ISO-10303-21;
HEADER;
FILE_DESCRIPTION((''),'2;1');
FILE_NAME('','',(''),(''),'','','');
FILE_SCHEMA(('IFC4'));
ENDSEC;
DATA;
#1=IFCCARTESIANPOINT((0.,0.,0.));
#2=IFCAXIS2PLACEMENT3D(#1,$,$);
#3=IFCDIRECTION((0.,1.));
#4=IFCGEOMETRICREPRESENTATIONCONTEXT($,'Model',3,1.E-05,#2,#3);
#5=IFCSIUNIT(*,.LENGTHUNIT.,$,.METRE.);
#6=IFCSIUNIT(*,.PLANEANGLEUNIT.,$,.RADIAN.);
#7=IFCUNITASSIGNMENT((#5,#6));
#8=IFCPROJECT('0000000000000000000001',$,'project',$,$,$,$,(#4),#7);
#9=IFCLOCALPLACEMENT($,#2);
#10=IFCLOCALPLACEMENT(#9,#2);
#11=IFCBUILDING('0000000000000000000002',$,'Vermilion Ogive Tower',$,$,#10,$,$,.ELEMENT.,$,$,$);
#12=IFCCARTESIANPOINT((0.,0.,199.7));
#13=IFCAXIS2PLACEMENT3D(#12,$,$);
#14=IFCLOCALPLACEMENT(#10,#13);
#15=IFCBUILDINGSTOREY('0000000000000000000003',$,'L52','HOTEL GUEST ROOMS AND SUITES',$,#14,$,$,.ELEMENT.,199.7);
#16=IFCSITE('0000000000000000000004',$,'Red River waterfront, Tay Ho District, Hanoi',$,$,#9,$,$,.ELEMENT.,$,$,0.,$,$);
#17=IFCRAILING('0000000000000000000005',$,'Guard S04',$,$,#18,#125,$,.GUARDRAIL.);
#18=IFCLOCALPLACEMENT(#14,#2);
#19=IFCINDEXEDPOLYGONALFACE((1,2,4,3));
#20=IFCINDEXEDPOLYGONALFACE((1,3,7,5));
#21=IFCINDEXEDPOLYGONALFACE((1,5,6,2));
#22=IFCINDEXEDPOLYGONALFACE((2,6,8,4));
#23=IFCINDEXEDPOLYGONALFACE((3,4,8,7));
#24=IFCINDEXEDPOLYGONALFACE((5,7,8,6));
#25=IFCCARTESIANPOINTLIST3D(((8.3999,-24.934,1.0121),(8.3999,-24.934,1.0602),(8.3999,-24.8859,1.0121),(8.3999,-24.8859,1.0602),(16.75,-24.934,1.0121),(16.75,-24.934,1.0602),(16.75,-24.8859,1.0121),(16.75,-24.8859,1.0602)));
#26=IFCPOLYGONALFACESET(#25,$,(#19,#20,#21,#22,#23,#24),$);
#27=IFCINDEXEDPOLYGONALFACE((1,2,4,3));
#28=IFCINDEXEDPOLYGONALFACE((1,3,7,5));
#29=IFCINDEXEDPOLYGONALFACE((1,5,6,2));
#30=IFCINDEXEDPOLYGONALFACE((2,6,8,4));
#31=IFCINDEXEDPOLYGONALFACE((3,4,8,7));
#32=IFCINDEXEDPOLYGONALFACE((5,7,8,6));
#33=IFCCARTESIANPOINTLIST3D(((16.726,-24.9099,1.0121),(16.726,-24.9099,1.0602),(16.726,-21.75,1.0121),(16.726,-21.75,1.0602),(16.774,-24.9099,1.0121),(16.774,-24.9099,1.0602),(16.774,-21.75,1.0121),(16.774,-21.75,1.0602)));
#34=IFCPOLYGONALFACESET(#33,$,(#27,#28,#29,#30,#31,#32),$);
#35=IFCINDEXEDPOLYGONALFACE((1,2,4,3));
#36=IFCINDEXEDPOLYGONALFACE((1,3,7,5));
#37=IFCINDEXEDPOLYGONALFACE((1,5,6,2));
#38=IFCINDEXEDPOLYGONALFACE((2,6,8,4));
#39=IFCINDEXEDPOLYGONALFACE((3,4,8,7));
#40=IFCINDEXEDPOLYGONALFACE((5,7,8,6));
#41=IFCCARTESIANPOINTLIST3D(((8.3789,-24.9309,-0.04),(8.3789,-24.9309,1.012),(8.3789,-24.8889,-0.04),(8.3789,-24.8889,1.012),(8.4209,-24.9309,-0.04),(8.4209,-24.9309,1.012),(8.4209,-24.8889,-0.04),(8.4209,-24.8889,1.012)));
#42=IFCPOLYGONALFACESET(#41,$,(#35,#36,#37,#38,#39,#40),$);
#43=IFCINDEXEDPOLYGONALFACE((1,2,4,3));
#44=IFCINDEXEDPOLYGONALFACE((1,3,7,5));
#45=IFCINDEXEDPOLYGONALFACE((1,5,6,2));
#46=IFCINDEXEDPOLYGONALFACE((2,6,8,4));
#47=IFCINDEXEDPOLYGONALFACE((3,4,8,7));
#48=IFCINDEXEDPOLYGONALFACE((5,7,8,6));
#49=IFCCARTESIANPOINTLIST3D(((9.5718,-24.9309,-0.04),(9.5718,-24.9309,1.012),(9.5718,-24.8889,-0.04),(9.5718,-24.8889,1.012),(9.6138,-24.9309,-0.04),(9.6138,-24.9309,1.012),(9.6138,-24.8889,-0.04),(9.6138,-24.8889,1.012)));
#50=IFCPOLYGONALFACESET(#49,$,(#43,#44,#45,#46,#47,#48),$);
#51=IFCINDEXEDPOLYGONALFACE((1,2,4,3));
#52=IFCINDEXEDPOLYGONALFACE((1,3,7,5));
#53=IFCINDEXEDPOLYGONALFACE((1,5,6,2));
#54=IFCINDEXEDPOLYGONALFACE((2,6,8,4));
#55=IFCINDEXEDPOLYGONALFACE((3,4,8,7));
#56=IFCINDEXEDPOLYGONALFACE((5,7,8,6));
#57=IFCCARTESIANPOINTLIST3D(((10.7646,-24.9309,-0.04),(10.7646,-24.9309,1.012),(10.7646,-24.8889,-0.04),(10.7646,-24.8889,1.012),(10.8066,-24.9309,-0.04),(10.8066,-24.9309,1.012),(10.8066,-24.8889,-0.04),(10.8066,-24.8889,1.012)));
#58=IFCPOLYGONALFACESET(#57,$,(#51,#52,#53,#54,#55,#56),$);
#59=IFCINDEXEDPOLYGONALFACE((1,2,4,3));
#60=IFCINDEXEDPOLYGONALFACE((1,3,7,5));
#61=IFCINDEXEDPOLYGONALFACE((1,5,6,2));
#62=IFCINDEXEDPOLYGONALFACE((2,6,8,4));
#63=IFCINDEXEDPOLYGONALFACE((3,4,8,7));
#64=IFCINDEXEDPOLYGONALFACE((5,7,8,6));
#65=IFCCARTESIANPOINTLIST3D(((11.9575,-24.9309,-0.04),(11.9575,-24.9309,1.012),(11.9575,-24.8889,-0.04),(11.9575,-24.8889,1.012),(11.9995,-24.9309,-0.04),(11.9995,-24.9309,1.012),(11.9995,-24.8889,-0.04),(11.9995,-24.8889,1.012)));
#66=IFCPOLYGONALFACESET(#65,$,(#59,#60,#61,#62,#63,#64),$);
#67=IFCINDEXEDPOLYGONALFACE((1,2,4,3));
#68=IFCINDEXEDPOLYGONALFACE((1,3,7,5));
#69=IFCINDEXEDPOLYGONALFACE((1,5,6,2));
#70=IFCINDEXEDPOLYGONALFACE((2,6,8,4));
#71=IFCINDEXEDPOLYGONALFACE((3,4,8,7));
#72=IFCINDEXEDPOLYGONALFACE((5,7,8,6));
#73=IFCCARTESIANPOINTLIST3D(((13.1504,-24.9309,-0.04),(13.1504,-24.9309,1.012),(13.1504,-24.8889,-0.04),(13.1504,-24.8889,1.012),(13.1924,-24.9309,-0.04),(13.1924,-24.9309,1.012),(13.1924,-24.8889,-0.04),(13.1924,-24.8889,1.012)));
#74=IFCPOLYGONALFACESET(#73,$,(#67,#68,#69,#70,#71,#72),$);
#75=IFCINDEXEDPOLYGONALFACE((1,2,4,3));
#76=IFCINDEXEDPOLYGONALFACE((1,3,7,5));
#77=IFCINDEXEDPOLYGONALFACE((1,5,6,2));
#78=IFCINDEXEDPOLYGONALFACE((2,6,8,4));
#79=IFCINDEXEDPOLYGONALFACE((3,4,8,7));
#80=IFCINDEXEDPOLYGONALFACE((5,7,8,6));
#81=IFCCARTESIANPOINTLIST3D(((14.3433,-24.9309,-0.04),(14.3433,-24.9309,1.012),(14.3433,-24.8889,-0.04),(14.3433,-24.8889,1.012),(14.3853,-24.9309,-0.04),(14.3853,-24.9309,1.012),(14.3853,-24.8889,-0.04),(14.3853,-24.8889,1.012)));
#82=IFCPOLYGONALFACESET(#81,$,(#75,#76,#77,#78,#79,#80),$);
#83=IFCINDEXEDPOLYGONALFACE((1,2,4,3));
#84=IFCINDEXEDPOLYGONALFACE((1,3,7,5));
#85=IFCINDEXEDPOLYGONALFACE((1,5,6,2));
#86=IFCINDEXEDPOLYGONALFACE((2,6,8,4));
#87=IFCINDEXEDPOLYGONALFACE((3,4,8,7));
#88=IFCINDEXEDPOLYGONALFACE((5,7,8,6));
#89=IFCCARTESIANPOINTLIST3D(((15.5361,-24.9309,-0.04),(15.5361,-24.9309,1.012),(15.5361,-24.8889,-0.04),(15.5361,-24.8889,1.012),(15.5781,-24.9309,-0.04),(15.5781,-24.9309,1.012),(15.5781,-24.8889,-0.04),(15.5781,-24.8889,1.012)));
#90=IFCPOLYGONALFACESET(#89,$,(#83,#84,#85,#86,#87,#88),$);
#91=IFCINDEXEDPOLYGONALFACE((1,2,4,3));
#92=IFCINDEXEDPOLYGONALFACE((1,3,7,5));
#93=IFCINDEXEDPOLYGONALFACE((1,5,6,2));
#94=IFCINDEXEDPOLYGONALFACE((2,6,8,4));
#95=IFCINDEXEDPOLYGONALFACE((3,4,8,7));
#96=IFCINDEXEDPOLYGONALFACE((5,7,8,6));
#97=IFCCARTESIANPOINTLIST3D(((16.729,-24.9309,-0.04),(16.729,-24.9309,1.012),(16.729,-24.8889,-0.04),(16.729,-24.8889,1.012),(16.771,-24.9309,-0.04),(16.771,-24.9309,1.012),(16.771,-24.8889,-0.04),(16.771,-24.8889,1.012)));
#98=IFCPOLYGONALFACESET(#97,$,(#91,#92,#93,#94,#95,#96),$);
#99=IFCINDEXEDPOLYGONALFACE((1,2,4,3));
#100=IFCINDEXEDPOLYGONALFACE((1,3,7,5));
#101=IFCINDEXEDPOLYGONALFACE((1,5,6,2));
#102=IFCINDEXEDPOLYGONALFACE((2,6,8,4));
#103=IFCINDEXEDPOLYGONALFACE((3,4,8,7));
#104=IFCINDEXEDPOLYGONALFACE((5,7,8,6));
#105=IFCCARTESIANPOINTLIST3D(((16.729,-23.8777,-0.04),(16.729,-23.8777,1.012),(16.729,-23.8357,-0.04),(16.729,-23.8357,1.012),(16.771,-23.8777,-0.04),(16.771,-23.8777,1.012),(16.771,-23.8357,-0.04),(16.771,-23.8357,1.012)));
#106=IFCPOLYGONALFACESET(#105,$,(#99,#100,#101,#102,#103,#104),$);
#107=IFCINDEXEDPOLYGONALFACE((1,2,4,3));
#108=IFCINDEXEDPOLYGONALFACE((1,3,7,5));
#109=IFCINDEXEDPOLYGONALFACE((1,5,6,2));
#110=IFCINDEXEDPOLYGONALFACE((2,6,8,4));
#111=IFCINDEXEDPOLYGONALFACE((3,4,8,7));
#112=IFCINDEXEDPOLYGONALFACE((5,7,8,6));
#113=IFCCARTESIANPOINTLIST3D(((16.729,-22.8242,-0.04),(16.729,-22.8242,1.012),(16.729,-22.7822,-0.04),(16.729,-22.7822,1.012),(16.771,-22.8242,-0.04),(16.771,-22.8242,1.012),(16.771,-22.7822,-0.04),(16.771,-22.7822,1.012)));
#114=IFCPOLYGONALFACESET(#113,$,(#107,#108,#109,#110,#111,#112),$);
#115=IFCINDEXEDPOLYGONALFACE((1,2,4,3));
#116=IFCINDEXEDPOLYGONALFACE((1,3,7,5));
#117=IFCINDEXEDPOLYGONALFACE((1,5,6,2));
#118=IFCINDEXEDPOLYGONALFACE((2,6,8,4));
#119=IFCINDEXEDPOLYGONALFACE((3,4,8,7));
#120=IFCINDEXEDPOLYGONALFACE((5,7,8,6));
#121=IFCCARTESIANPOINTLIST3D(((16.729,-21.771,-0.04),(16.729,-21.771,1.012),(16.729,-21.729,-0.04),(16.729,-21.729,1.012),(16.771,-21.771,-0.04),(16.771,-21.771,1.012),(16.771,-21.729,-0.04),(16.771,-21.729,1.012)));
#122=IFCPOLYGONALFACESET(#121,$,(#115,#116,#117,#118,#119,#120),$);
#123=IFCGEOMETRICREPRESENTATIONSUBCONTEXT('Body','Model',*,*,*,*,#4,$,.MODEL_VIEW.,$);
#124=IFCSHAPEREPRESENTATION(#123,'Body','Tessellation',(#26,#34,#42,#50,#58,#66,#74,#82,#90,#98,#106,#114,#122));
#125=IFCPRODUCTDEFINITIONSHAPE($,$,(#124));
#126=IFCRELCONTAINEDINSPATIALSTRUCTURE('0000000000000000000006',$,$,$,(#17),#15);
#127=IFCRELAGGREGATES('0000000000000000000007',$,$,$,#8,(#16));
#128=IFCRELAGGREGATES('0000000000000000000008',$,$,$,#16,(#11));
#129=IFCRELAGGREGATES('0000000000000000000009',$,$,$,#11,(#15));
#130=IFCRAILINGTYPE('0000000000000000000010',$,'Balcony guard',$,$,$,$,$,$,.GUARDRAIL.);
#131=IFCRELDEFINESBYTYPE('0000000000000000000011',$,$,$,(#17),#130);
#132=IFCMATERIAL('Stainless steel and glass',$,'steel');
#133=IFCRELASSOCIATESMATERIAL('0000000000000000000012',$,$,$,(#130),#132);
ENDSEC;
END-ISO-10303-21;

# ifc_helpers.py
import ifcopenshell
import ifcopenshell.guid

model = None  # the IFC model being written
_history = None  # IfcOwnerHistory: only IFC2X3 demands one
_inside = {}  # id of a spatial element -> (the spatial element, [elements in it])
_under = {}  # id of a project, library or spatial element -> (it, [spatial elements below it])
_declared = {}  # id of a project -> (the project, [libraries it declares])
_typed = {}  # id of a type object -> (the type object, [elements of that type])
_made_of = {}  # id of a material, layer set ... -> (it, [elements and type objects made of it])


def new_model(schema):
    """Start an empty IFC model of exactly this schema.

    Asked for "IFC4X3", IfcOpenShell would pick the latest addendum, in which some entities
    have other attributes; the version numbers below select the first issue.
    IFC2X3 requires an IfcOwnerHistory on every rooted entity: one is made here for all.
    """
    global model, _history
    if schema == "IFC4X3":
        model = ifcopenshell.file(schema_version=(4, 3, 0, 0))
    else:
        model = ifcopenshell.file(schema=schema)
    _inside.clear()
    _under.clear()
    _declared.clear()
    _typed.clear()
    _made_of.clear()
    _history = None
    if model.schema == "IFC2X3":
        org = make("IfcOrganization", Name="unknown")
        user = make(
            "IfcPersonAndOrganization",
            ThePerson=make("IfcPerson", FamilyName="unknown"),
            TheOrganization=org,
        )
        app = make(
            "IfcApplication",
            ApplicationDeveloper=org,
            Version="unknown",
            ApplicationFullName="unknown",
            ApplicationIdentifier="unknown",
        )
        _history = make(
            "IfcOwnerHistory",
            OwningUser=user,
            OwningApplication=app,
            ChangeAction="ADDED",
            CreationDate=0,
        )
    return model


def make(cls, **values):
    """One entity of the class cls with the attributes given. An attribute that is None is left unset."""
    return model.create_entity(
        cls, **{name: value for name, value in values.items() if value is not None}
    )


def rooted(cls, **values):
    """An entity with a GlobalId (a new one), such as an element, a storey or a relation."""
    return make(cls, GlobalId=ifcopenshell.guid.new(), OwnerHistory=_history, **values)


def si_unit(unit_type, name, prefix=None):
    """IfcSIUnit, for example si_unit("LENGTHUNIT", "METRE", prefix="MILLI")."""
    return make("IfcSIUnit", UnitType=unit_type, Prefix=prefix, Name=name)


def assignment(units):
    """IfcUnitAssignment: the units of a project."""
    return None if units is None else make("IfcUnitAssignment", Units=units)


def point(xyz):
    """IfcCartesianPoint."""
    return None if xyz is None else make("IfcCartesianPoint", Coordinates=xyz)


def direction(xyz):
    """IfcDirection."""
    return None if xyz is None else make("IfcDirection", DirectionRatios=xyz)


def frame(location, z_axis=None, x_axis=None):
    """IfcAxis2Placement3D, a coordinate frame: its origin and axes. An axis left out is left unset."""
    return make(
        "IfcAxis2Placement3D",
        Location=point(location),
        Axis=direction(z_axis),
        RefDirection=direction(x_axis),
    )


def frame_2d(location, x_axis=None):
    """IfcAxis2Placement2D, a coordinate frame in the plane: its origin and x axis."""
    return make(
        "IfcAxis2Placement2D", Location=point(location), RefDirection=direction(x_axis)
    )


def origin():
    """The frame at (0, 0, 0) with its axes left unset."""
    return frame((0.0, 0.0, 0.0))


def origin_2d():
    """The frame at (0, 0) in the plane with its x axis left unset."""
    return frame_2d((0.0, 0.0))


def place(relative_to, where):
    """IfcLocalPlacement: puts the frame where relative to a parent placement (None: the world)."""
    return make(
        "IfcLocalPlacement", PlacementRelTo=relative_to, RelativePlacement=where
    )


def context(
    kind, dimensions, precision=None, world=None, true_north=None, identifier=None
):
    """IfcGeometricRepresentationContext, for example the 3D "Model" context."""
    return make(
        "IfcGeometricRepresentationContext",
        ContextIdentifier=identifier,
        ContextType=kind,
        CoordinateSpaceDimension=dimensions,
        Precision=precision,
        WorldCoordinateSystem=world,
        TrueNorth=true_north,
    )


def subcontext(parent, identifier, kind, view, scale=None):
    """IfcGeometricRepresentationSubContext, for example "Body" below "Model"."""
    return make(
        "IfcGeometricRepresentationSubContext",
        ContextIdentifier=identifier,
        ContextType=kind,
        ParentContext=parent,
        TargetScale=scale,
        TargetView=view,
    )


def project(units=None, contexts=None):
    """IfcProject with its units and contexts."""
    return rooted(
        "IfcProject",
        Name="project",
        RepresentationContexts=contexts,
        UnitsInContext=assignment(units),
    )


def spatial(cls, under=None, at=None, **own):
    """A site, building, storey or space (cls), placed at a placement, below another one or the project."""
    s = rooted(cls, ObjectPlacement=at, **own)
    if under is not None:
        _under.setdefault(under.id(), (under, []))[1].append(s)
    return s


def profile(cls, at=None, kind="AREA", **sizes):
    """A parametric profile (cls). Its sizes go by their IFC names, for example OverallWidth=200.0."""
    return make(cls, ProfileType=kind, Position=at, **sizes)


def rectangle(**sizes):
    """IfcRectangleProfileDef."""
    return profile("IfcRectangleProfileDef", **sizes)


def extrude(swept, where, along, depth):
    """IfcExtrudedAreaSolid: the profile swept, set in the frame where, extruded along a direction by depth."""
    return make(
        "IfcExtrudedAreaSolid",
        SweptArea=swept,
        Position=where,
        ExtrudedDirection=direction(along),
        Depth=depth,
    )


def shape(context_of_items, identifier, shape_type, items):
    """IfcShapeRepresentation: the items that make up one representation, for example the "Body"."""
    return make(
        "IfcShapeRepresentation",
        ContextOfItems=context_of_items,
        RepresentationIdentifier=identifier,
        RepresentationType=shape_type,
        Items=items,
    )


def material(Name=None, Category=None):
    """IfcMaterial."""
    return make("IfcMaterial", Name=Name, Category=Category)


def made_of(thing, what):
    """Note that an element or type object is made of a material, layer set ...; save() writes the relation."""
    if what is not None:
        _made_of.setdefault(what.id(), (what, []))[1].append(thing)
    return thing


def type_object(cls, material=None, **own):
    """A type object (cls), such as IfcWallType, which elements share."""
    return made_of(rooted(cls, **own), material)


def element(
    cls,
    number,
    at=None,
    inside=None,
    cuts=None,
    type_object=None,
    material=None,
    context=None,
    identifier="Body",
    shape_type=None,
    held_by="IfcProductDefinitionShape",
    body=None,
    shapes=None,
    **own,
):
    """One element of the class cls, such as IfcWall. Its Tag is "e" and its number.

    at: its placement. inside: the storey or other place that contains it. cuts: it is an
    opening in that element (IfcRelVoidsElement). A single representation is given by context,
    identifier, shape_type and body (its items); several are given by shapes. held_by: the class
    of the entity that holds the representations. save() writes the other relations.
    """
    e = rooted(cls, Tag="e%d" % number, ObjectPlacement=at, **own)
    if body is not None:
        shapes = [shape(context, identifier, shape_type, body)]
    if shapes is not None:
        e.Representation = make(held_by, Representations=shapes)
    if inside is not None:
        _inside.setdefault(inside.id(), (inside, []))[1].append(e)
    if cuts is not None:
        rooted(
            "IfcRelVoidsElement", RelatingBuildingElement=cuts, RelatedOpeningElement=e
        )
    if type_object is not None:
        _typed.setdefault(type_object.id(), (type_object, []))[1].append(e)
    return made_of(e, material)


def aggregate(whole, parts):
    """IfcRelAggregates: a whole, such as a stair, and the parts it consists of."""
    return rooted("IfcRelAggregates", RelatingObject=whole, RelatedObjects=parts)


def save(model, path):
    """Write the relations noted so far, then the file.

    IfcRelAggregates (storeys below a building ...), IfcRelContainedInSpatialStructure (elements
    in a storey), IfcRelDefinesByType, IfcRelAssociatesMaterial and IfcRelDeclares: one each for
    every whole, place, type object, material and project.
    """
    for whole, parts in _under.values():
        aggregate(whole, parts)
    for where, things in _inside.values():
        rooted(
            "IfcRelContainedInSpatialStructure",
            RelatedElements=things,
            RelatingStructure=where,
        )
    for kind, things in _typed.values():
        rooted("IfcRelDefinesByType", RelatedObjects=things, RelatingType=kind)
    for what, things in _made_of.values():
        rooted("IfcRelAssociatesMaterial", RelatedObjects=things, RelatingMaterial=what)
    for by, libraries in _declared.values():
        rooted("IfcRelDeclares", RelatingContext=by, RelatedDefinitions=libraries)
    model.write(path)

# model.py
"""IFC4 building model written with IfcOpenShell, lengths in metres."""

from ifc_helpers import new_model, si_unit, direction, frame, origin, origin_2d, place, context, subcontext, project, spatial, rectangle, extrude, material, type_object, element, save


model = new_model("IFC4")

# Units and contexts
model_context = context("Model", 3, precision=1e-05, world=origin(), true_north=direction((0.0, 1.0)))
body_context = subcontext(model_context, "Body", "Model", "MODEL_VIEW")
ifc_project = project(units=[si_unit("LENGTHUNIT", "METRE"), si_unit("PLANEANGLEUNIT", "RADIAN")], contexts=[model_context])

# Site, building, storey
site_placement = place(None, origin())
site = spatial("IfcSite", under=ifc_project, at=site_placement, Name="Red River waterfront, Tay Ho District, Hanoi", CompositionType="ELEMENT", RefElevation=0.0)
building_placement = place(site_placement, origin())
building = spatial("IfcBuilding", under=site, at=building_placement, Name="Vermilion Ogive Tower", CompositionType="ELEMENT")
storey_placement = place(building_placement, frame((0.0, 0.0, 199.7)))
storey = spatial("IfcBuildingStorey", under=building, at=storey_placement, Name="L52", Description="HOTEL GUEST ROOMS AND SUITES", CompositionType="ELEMENT", Elevation=199.7)

# Railing
ifc_material_1 = material(Name="Stainless steel and glass", Category="steel")
railing_type_1 = type_object("IfcRailingType", Name="Balcony guard", PredefinedType="GUARDRAIL", material=ifc_material_1)
railing_1_placement = place(storey_placement, frame((8.3999, -24.9099, -0.04)))
element("IfcRailing", 1, at=railing_1_placement, inside=storey, type_object=railing_type_1, Name="Guard S04", PredefinedType="GUARDRAIL", context=body_context, shape_type="SweptSolid", body=[
    extrude(rectangle(XDim=0.0481, YDim=0.0481, at=origin_2d()), frame((0.0, 0.0, 1.0762), z_axis=(1.0, 0.0, 0.0), x_axis=(0.0, 1.0, 0.0)), (0.0, 0.0, 1.0), 8.3501),
    extrude(rectangle(XDim=0.0481, YDim=0.0481, at=origin_2d()), frame((8.3501, 0.0, 1.0762), z_axis=(0.0, 1.0, 0.0), x_axis=(-1.0, 0.0, 0.0)), (0.0, 0.0, 1.0), 3.1599),
    extrude(rectangle(XDim=0.042, YDim=0.042, at=origin_2d()), origin(), (0.0, 0.0, 1.0), 1.052),
    extrude(rectangle(XDim=0.042, YDim=0.042, at=origin_2d()), frame((1.1929, 0.0, 0.0)), (0.0, 0.0, 1.0), 1.052),
    extrude(rectangle(XDim=0.042, YDim=0.042, at=origin_2d()), frame((2.3857, 0.0, 0.0)), (0.0, 0.0, 1.0), 1.052),
    extrude(rectangle(XDim=0.042, YDim=0.042, at=origin_2d()), frame((3.5786, 0.0, 0.0)), (0.0, 0.0, 1.0), 1.052),
    extrude(rectangle(XDim=0.042, YDim=0.042, at=origin_2d()), frame((4.7715, 0.0, 0.0)), (0.0, 0.0, 1.0), 1.052),
    extrude(rectangle(XDim=0.042, YDim=0.042, at=origin_2d()), frame((5.9644, 0.0, 0.0)), (0.0, 0.0, 1.0), 1.052),
    extrude(rectangle(XDim=0.042, YDim=0.042, at=origin_2d()), frame((7.1572, 0.0, 0.0)), (0.0, 0.0, 1.0), 1.052),
    extrude(rectangle(XDim=0.042, YDim=0.042, at=origin_2d()), frame((8.3501, 0.0, 0.0)), (0.0, 0.0, 1.0), 1.052),
    extrude(rectangle(XDim=0.042, YDim=0.042, at=origin_2d()), frame((8.3501, 1.0532, 0.0)), (0.0, 0.0, 1.0), 1.052),
    extrude(rectangle(XDim=0.042, YDim=0.042, at=origin_2d()), frame((8.3501, 2.1067, 0.0)), (0.0, 0.0, 1.0), 1.052),
    extrude(rectangle(XDim=0.042, YDim=0.042, at=origin_2d()), frame((8.3501, 3.1599, 0.0)), (0.0, 0.0, 1.0), 1.052),
])

save(model, "model.ifc")
